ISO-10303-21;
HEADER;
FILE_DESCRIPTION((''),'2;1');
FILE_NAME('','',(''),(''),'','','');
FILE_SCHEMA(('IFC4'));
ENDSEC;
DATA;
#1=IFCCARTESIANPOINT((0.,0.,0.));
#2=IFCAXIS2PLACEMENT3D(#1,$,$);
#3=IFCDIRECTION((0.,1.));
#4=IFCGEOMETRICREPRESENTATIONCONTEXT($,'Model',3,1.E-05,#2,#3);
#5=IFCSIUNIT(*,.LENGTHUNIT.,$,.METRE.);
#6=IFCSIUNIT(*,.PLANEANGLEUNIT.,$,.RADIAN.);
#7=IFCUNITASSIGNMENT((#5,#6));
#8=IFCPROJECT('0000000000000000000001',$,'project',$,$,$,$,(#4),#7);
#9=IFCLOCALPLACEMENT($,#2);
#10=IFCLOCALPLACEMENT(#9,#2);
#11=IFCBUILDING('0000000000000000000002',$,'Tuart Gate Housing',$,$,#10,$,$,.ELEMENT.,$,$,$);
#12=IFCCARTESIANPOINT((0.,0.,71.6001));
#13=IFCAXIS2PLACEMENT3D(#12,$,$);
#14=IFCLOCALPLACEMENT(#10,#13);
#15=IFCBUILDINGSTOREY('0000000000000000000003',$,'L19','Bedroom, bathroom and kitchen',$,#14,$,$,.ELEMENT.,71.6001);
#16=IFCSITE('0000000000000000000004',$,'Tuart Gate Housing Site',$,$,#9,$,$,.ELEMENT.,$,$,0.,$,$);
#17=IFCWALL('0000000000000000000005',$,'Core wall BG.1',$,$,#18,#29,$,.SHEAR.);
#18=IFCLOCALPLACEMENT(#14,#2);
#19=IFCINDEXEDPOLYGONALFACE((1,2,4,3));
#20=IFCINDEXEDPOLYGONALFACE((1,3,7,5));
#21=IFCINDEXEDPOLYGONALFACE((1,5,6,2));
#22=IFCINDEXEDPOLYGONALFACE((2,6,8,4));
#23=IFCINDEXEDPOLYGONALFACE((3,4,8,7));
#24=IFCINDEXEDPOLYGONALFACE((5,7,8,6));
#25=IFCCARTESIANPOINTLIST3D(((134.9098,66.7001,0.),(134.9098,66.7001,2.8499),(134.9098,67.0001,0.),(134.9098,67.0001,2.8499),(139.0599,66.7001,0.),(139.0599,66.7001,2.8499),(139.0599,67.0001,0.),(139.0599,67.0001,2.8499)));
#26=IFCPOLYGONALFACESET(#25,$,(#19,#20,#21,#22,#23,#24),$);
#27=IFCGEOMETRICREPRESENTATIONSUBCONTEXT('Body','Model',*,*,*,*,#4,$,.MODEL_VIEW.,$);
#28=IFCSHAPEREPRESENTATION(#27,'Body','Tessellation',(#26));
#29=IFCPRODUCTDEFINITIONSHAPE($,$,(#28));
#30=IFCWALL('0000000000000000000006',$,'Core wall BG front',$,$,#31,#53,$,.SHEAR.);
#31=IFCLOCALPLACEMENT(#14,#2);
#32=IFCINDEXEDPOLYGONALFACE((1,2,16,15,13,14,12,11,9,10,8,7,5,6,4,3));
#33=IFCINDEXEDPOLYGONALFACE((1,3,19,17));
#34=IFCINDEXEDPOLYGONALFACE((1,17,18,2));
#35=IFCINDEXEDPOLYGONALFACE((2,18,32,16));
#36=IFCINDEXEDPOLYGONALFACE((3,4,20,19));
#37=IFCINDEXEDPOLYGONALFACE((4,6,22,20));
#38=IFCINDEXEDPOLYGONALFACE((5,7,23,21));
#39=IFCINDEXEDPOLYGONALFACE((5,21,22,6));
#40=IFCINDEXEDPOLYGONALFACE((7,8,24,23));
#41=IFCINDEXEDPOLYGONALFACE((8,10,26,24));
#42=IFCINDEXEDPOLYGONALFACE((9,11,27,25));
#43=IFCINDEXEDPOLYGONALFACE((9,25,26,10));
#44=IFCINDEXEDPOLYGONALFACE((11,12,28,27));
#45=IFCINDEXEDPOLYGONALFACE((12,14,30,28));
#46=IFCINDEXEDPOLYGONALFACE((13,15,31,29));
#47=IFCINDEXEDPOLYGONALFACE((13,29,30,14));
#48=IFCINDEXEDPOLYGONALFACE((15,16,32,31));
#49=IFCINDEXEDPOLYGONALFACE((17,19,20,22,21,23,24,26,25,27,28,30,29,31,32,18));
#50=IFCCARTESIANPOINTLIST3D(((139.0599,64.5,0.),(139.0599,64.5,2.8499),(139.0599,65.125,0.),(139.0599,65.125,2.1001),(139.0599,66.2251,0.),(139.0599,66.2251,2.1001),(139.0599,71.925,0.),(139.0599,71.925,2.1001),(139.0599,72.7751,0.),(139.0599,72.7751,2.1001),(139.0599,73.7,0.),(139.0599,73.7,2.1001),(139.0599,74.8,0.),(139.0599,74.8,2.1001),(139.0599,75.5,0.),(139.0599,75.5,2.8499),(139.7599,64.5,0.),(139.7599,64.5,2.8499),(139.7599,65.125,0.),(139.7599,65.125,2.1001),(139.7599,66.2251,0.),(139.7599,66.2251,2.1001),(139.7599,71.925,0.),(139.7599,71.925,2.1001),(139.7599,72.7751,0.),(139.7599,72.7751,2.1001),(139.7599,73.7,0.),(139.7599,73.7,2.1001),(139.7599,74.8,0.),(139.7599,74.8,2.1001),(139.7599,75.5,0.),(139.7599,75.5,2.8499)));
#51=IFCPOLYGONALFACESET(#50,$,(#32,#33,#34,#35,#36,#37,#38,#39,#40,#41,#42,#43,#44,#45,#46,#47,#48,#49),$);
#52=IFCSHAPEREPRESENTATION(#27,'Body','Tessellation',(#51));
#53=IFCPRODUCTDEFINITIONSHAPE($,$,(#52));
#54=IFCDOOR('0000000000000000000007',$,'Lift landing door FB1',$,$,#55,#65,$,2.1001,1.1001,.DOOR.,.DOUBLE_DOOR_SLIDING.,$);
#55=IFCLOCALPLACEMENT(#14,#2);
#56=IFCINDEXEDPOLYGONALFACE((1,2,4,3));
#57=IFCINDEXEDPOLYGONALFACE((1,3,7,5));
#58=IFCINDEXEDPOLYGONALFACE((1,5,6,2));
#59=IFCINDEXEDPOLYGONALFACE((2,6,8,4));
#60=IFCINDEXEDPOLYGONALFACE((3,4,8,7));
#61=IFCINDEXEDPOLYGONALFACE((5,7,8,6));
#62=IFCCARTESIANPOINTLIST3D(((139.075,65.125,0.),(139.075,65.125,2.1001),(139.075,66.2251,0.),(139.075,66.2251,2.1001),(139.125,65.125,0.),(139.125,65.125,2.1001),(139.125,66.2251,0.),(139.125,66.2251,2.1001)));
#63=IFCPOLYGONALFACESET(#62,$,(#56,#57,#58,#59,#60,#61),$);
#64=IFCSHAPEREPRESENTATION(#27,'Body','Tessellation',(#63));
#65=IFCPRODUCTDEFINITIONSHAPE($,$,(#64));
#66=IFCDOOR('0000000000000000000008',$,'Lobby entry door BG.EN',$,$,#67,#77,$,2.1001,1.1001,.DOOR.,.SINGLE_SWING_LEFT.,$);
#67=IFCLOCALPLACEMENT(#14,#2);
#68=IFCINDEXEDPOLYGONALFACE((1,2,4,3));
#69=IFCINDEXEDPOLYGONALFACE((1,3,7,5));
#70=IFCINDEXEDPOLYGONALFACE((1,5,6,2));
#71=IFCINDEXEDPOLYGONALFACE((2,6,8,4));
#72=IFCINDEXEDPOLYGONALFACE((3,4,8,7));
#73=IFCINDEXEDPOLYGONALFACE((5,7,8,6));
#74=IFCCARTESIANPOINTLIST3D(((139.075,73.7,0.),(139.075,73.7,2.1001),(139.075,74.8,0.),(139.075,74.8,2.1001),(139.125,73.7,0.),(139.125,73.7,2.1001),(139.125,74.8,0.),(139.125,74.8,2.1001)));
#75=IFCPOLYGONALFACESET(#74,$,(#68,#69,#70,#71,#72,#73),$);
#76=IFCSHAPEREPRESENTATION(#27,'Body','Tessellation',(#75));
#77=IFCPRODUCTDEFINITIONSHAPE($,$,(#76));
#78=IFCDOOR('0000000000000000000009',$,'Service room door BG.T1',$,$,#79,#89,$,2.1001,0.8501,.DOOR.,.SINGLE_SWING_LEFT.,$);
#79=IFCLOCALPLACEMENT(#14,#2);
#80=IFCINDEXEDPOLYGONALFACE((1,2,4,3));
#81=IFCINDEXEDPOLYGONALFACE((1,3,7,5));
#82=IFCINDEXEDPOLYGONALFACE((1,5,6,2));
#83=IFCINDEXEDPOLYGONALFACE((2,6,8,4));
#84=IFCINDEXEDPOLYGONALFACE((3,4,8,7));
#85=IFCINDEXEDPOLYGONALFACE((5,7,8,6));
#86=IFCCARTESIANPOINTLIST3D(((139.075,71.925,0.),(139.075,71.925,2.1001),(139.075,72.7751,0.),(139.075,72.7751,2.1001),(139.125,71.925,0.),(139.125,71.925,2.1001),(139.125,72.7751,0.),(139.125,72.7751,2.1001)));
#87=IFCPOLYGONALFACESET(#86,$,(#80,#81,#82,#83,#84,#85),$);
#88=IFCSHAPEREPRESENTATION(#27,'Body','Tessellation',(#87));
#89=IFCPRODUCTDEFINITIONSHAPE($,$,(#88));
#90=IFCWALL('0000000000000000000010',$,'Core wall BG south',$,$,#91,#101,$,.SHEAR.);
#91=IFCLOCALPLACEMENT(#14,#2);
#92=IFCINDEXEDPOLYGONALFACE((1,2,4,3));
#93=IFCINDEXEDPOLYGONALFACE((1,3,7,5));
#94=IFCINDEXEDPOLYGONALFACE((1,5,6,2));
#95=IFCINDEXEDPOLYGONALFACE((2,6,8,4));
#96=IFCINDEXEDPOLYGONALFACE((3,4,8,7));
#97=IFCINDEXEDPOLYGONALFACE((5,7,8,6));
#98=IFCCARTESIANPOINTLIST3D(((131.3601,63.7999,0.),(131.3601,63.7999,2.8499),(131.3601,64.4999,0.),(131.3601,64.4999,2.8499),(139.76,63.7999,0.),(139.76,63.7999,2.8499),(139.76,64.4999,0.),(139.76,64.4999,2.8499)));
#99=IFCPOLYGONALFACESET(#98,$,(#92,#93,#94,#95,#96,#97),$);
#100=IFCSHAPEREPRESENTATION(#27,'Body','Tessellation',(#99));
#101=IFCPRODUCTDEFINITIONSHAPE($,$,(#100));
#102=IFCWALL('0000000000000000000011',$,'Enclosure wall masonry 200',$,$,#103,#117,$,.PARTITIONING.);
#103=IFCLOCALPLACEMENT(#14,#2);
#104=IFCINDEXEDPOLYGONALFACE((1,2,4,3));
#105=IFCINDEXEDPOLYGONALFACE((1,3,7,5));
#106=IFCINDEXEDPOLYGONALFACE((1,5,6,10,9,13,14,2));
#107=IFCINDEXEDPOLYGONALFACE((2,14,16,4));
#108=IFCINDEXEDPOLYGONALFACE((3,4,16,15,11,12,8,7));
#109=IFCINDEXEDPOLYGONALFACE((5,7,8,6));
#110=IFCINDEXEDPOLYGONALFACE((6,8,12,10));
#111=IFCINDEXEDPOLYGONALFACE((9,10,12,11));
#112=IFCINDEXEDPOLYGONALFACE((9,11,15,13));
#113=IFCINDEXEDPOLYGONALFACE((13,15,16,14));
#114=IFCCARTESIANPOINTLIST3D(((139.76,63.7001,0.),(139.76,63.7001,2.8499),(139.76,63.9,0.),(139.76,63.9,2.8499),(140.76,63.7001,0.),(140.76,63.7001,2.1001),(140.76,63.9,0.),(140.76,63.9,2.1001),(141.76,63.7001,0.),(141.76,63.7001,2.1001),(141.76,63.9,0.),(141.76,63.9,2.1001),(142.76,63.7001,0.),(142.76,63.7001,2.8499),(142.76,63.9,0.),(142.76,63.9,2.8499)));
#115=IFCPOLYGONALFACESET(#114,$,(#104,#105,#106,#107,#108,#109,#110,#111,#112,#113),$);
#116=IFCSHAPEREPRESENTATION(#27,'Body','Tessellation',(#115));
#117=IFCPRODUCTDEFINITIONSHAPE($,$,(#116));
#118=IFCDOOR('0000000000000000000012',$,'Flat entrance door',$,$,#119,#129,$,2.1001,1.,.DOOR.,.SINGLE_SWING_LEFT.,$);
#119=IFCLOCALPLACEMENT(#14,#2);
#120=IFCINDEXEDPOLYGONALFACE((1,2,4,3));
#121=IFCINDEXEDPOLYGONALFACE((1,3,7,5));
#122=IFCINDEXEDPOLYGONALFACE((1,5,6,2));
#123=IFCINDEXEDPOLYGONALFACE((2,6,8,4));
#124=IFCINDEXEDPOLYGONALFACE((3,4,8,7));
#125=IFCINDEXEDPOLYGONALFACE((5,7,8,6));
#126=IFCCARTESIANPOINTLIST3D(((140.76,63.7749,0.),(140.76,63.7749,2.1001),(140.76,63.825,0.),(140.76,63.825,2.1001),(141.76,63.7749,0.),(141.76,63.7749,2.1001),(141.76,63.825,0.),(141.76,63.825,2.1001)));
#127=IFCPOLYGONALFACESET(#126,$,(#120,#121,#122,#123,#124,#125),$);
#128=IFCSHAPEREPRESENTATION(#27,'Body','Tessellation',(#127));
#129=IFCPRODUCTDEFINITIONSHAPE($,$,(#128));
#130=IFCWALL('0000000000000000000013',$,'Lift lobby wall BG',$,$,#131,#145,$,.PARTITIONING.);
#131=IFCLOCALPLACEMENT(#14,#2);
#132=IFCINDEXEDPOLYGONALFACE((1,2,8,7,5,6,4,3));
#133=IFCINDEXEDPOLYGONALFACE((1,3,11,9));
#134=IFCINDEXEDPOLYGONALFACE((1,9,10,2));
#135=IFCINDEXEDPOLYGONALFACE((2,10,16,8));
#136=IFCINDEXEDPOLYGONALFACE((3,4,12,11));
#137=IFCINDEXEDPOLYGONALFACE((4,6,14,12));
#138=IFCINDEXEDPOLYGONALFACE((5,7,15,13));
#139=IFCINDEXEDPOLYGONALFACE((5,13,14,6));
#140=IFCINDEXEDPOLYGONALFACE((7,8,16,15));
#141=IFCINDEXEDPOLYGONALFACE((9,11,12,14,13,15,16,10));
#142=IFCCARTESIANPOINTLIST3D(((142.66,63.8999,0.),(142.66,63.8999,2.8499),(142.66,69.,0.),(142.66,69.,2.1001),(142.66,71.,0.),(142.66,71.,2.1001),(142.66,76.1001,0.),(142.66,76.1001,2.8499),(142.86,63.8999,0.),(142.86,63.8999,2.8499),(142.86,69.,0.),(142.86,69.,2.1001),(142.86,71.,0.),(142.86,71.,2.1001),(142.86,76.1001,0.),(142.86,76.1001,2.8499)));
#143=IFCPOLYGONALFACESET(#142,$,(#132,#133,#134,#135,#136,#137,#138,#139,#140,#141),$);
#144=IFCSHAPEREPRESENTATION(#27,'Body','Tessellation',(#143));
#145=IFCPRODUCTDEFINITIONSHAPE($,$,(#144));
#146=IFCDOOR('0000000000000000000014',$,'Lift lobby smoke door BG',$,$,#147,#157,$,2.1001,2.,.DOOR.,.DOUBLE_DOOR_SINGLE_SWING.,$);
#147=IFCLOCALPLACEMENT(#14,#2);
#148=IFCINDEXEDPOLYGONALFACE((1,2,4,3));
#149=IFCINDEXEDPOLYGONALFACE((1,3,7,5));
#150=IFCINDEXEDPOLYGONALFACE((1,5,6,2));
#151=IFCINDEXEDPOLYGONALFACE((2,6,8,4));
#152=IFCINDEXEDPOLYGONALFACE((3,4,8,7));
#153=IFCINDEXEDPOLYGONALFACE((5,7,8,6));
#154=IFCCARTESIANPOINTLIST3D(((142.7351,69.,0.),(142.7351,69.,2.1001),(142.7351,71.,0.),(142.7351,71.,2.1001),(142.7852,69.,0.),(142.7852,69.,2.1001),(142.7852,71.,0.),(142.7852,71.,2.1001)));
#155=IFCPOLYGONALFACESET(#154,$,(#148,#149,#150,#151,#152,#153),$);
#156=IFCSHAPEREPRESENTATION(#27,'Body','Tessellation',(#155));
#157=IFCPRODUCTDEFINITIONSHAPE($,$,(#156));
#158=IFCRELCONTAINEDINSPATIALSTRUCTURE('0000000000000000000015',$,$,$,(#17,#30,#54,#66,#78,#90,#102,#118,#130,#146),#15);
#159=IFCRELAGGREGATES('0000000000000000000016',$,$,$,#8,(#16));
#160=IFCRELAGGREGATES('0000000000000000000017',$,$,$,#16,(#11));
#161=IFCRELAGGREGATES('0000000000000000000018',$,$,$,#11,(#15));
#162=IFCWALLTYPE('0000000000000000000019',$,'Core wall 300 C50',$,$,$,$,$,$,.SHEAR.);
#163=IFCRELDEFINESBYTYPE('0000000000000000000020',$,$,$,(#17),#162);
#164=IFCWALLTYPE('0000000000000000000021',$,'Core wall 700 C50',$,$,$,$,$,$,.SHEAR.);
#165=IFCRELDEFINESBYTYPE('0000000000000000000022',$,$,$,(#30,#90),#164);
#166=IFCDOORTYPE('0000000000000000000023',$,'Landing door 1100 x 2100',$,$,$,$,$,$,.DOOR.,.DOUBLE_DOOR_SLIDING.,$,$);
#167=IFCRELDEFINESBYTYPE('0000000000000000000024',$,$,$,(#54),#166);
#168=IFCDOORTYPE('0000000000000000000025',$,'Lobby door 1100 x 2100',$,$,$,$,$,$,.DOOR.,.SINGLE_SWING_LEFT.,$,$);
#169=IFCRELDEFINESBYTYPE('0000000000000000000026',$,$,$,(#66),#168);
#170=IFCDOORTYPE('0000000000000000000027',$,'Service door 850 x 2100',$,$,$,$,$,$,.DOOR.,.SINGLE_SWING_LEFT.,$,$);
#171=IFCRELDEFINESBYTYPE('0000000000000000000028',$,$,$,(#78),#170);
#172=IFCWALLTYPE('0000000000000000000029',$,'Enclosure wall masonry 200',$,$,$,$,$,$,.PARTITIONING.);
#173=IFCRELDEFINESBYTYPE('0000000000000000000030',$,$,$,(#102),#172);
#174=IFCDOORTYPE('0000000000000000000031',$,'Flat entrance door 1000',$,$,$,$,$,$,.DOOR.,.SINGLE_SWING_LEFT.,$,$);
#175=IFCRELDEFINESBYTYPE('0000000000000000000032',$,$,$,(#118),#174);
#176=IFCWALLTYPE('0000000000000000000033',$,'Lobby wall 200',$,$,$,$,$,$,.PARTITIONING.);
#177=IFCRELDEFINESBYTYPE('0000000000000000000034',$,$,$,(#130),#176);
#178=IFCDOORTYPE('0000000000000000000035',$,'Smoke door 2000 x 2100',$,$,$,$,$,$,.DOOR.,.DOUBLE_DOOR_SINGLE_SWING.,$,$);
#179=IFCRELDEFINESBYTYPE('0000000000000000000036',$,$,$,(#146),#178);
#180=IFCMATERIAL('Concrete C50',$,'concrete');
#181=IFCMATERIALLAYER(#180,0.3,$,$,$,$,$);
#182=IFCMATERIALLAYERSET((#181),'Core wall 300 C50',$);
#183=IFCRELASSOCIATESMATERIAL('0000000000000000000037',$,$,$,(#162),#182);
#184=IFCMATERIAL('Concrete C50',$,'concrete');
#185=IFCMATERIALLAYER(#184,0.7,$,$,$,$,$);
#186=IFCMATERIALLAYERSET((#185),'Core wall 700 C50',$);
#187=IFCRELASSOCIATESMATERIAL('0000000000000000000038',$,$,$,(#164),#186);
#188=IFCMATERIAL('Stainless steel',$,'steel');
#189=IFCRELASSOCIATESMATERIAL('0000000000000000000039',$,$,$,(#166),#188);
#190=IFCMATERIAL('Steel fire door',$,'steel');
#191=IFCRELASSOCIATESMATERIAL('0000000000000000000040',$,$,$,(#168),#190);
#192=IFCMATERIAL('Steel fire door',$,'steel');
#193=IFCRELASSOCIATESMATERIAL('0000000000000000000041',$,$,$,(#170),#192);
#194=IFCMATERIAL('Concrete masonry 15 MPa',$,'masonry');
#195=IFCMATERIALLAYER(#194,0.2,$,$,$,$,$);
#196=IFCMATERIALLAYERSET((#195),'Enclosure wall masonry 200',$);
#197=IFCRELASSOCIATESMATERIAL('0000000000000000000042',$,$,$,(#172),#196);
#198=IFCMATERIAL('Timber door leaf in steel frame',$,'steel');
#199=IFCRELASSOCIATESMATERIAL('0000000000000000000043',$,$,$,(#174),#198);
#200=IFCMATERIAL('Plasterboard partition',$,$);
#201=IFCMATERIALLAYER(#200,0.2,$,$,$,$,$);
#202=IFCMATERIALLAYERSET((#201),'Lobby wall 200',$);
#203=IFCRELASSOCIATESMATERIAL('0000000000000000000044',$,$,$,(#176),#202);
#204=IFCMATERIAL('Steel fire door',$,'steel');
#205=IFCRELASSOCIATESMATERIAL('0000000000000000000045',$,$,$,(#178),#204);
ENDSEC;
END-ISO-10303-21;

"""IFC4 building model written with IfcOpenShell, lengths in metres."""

from ifc_helpers import new_model, si_unit, direction, frame, frame_2d, origin, place, context, subcontext, project, spatial, rectangle, extrude, material, layer, layer_set, type_object, element, fill, save


model = new_model("IFC4")

# Units and contexts
model_context = context("Model", 3, precision=1e-05, world=origin(), true_north=direction((0.0, 1.0)))
body_context = subcontext(model_context, "Body", "Model", "MODEL_VIEW")
ifc_project = project(units=[si_unit("LENGTHUNIT", "METRE"), si_unit("PLANEANGLEUNIT", "RADIAN")], contexts=[model_context])

# Site, building, storey
site_placement = place(None, origin())
site = spatial("IfcSite", under=ifc_project, at=site_placement, Name="Tuart Gate Housing Site", CompositionType="ELEMENT", RefElevation=0.0)
building_placement = place(site_placement, origin())
building = spatial("IfcBuilding", under=site, at=building_placement, Name="Tuart Gate Housing", CompositionType="ELEMENT")
storey_placement = place(building_placement, frame((0.0, 0.0, 71.6001)))
storey = spatial("IfcBuildingStorey", under=building, at=storey_placement, Name="L19", Description="Bedroom, bathroom and kitchen", CompositionType="ELEMENT", Elevation=71.6001)

# Wall
ifc_material_1 = material(Name="Concrete C50", Category="concrete")
ifc_layer_1 = layer(ifc_material_1, 0.3)
ifc_layer_set_1 = layer_set([ifc_layer_1], Name="Core wall 300 C50")
wall_type_1 = type_object("IfcWallType", Name="Core wall 300 C50", PredefinedType="SHEAR", material=ifc_layer_set_1)
wall_1_placement = place(storey_placement, frame((139.0601, 66.8501, 0.0), z_axis=(0.0, 0.0, 1.0), x_axis=(-1.0, 0.0, 0.0)))
element("IfcWall", 1, at=wall_1_placement, inside=storey, type_object=wall_type_1, Name="Core wall BG.1", PredefinedType="SHEAR", context=body_context, shape_type="SweptSolid", body=[
    extrude(rectangle(XDim=4.1501, YDim=0.3, at=frame_2d((2.0752, 0.0))), origin(), (0.0, 0.0, 1.0), 2.8499),
])

# Wall, openings, doors
ifc_material_2 = material(Name="Concrete C50", Category="concrete")
ifc_layer_2 = layer(ifc_material_2, 0.7)
ifc_layer_set_2 = layer_set([ifc_layer_2], Name="Core wall 700 C50")
wall_type_2 = type_object("IfcWallType", Name="Core wall 700 C50", PredefinedType="SHEAR", material=ifc_layer_set_2)
wall_2_placement = place(storey_placement, frame((139.4099, 64.5, 0.0), z_axis=(0.0, 0.0, 1.0), x_axis=(0.0, 1.0, 0.0)))
wall_2 = element("IfcWall", 2, at=wall_2_placement, inside=storey, type_object=wall_type_2, Name="Core wall BG front", PredefinedType="SHEAR", context=body_context, shape_type="SweptSolid", body=[
    extrude(rectangle(XDim=11.0, YDim=0.7, at=frame_2d((5.5, 0.0))), origin(), (0.0, 0.0, 1.0), 2.8499),
])
opening_1_placement = place(wall_2_placement, frame((0.625, 0.0, 0.0)))
opening_1 = element("IfcOpeningElement", 3, at=opening_1_placement, cuts=wall_2, PredefinedType="OPENING", context=body_context, shape_type="SweptSolid", body=[
    extrude(rectangle(XDim=1.1001, YDim=2.1001, at=frame_2d((0.55, 1.05))), frame((0.0, 0.3599, 0.0), z_axis=(0.0, -1.0, 0.0), x_axis=(1.0, 0.0, 0.0)), (0.0, 0.0, 1.0), 0.72),
])
opening_2_placement = place(wall_2_placement, frame((9.2, 0.0, 0.0)))
opening_2 = element("IfcOpeningElement", 4, at=opening_2_placement, cuts=wall_2, PredefinedType="OPENING", context=body_context, shape_type="SweptSolid", body=[
    extrude(rectangle(XDim=1.1001, YDim=2.1001, at=frame_2d((0.55, 1.05))), frame((0.0, 0.3599, 0.0), z_axis=(0.0, -1.0, 0.0), x_axis=(1.0, 0.0, 0.0)), (0.0, 0.0, 1.0), 0.72),
])
opening_3_placement = place(wall_2_placement, frame((7.425, 0.0, 0.0)))
opening_3 = element("IfcOpeningElement", 5, at=opening_3_placement, cuts=wall_2, PredefinedType="OPENING", context=body_context, shape_type="SweptSolid", body=[
    extrude(rectangle(XDim=0.8501, YDim=2.1001, at=frame_2d((0.425, 1.05))), frame((0.0, 0.3599, 0.0), z_axis=(0.0, -1.0, 0.0), x_axis=(1.0, 0.0, 0.0)), (0.0, 0.0, 1.0), 0.72),
])
ifc_material_3 = material(Name="Stainless steel", Category="steel")
door_type_1 = type_object("IfcDoorType", Name="Landing door 1100 x 2100", OperationType="DOUBLE_DOOR_SLIDING", PredefinedType="DOOR", material=ifc_material_3)
door_1_placement = place(opening_1_placement, origin())
door_1 = element("IfcDoor", 6, at=door_1_placement, inside=storey, type_object=door_type_1, Name="Lift landing door FB1", OperationType="DOUBLE_DOOR_SLIDING", OverallHeight=2.1001, OverallWidth=1.1001, PredefinedType="DOOR", context=body_context, shape_type="SweptSolid", body=[
    extrude(rectangle(XDim=1.1001, YDim=2.1001, at=frame_2d((0.55, 1.05))), frame((0.0, 0.335, 0.0), z_axis=(0.0, -1.0, 0.0), x_axis=(1.0, 0.0, 0.0)), (0.0, 0.0, 1.0), 0.05),
])
fill(opening_1, door_1)
ifc_material_4 = material(Name="Steel fire door", Category="steel")
door_type_2 = type_object("IfcDoorType", Name="Lobby door 1100 x 2100", OperationType="SINGLE_SWING_LEFT", PredefinedType="DOOR", material=ifc_material_4)
door_2_placement = place(opening_2_placement, origin())
door_2 = element("IfcDoor", 7, at=door_2_placement, inside=storey, type_object=door_type_2, Name="Lobby entry door BG.EN", OperationType="SINGLE_SWING_LEFT", OverallHeight=2.1001, OverallWidth=1.1001, PredefinedType="DOOR", context=body_context, shape_type="SweptSolid", body=[
    extrude(rectangle(XDim=1.1001, YDim=2.1001, at=frame_2d((0.55, 1.05))), frame((0.0, 0.335, 0.0), z_axis=(0.0, -1.0, 0.0), x_axis=(1.0, 0.0, 0.0)), (0.0, 0.0, 1.0), 0.05),
])
fill(opening_2, door_2)
ifc_material_5 = material(Name="Steel fire door", Category="steel")
door_type_3 = type_object("IfcDoorType", Name="Service door 850 x 2100", OperationType="SINGLE_SWING_LEFT", PredefinedType="DOOR", material=ifc_material_5)
door_3_placement = place(opening_3_placement, origin())
door_3 = element("IfcDoor", 8, at=door_3_placement, inside=storey, type_object=door_type_3, Name="Service room door BG.T1", OperationType="SINGLE_SWING_LEFT", OverallHeight=2.1001, OverallWidth=0.8501, PredefinedType="DOOR", context=body_context, shape_type="SweptSolid", body=[
    extrude(rectangle(XDim=0.8501, YDim=2.1001, at=frame_2d((0.425, 1.05))), frame((0.0, 0.335, 0.0), z_axis=(0.0, -1.0, 0.0), x_axis=(1.0, 0.0, 0.0)), (0.0, 0.0, 1.0), 0.05),
])
fill(opening_3, door_3)

# Wall
wall_3_placement = place(storey_placement, frame((139.76, 64.1499, 0.0), z_axis=(0.0, 0.0, 1.0), x_axis=(-1.0, 0.0, 0.0)))
element("IfcWall", 9, at=wall_3_placement, inside=storey, type_object=wall_type_2, Name="Core wall BG south", PredefinedType="SHEAR", context=body_context, shape_type="SweptSolid", body=[
    extrude(rectangle(XDim=8.3999, YDim=0.7, at=frame_2d((4.2, 0.0))), origin(), (0.0, 0.0, 1.0), 2.8499),
])

# Walls, openings, doors
ifc_material_6 = material(Name="Concrete masonry 15 MPa", Category="masonry")
ifc_layer_3 = layer(ifc_material_6, 0.2)
ifc_layer_set_3 = layer_set([ifc_layer_3], Name="Enclosure wall masonry 200")
wall_type_3 = type_object("IfcWallType", Name="Enclosure wall masonry 200", PredefinedType="PARTITIONING", material=ifc_layer_set_3)
wall_4_placement = place(storey_placement, frame((139.76, 63.8, 0.0), z_axis=(0.0, 0.0, 1.0), x_axis=(1.0, 0.0, 0.0)))
wall_4 = element("IfcWall", 10, at=wall_4_placement, inside=storey, type_object=wall_type_3, Name="Enclosure wall masonry 200", PredefinedType="PARTITIONING", context=body_context, shape_type="SweptSolid", body=[
    extrude(rectangle(XDim=3.0, YDim=0.2, at=frame_2d((1.5, 0.0))), origin(), (0.0, 0.0, 1.0), 2.8499),
])
opening_4_placement = place(wall_4_placement, frame((1.0, 0.0, 0.0)))
opening_4 = element("IfcOpeningElement", 11, at=opening_4_placement, cuts=wall_4, PredefinedType="OPENING", context=body_context, shape_type="SweptSolid", body=[
    extrude(rectangle(XDim=1.0, YDim=2.1001, at=frame_2d((0.5, 1.05))), frame((0.0, 0.1099, 0.0), z_axis=(0.0, -1.0, 0.0), x_axis=(1.0, 0.0, 0.0)), (0.0, 0.0, 1.0), 0.22),
])
ifc_material_7 = material(Name="Timber door leaf in steel frame", Category="steel")
door_type_4 = type_object("IfcDoorType", Name="Flat entrance door 1000", OperationType="SINGLE_SWING_LEFT", PredefinedType="DOOR", material=ifc_material_7)
door_4_placement = place(opening_4_placement, frame((1.0, 0.0, 0.0), z_axis=(0.0, 0.0, 1.0), x_axis=(-1.0, 0.0, 0.0)))
door_4 = element("IfcDoor", 12, at=door_4_placement, inside=storey, type_object=door_type_4, Name="Flat entrance door", OperationType="SINGLE_SWING_LEFT", OverallHeight=2.1001, OverallWidth=1.0, PredefinedType="DOOR", context=body_context, shape_type="SweptSolid", body=[
    extrude(rectangle(XDim=1.0, YDim=2.1001, at=frame_2d((0.5, 1.05))), frame((0.0, 0.0251, 0.0), z_axis=(0.0, -1.0, 0.0), x_axis=(1.0, 0.0, 0.0)), (0.0, 0.0, 1.0), 0.05),
])
fill(opening_4, door_4)
ifc_material_8 = material(Name="Plasterboard partition")
ifc_layer_4 = layer(ifc_material_8, 0.2)
ifc_layer_set_4 = layer_set([ifc_layer_4], Name="Lobby wall 200")
wall_type_4 = type_object("IfcWallType", Name="Lobby wall 200", PredefinedType="PARTITIONING", material=ifc_layer_set_4)
wall_5_placement = place(storey_placement, frame((142.76, 63.8999, 0.0), z_axis=(0.0, 0.0, 1.0), x_axis=(0.0, 1.0, 0.0)))
wall_5 = element("IfcWall", 13, at=wall_5_placement, inside=storey, type_object=wall_type_4, Name="Lift lobby wall BG", PredefinedType="PARTITIONING", context=body_context, shape_type="SweptSolid", body=[
    extrude(rectangle(XDim=12.2002, YDim=0.2, at=frame_2d((6.1001, 0.0))), origin(), (0.0, 0.0, 1.0), 2.8499),
])
opening_5_placement = place(wall_5_placement, frame((5.1001, 0.0, 0.0)))
opening_5 = element("IfcOpeningElement", 14, at=opening_5_placement, cuts=wall_5, PredefinedType="OPENING", context=body_context, shape_type="SweptSolid", body=[
    extrude(rectangle(XDim=2.0, YDim=2.1001, at=frame_2d((1.0, 1.05))), frame((0.0, 0.1099, 0.0), z_axis=(0.0, -1.0, 0.0), x_axis=(1.0, 0.0, 0.0)), (0.0, 0.0, 1.0), 0.22),
])
ifc_material_9 = material(Name="Steel fire door", Category="steel")
door_type_5 = type_object("IfcDoorType", Name="Smoke door 2000 x 2100", OperationType="DOUBLE_DOOR_SINGLE_SWING", PredefinedType="DOOR", material=ifc_material_9)
door_5_placement = place(opening_5_placement, origin())
door_5 = element("IfcDoor", 15, at=door_5_placement, inside=storey, type_object=door_type_5, Name="Lift lobby smoke door BG", OperationType="DOUBLE_DOOR_SINGLE_SWING", OverallHeight=2.1001, OverallWidth=2.0, PredefinedType="DOOR", context=body_context, shape_type="SweptSolid", body=[
    extrude(rectangle(XDim=2.0, YDim=2.1001, at=frame_2d((1.0, 1.05))), frame((0.0, 0.0249, 0.0), z_axis=(0.0, -1.0, 0.0), x_axis=(1.0, 0.0, 0.0)), (0.0, 0.0, 1.0), 0.05),
])
fill(opening_5, door_5)

save(model, "model.ifc")
